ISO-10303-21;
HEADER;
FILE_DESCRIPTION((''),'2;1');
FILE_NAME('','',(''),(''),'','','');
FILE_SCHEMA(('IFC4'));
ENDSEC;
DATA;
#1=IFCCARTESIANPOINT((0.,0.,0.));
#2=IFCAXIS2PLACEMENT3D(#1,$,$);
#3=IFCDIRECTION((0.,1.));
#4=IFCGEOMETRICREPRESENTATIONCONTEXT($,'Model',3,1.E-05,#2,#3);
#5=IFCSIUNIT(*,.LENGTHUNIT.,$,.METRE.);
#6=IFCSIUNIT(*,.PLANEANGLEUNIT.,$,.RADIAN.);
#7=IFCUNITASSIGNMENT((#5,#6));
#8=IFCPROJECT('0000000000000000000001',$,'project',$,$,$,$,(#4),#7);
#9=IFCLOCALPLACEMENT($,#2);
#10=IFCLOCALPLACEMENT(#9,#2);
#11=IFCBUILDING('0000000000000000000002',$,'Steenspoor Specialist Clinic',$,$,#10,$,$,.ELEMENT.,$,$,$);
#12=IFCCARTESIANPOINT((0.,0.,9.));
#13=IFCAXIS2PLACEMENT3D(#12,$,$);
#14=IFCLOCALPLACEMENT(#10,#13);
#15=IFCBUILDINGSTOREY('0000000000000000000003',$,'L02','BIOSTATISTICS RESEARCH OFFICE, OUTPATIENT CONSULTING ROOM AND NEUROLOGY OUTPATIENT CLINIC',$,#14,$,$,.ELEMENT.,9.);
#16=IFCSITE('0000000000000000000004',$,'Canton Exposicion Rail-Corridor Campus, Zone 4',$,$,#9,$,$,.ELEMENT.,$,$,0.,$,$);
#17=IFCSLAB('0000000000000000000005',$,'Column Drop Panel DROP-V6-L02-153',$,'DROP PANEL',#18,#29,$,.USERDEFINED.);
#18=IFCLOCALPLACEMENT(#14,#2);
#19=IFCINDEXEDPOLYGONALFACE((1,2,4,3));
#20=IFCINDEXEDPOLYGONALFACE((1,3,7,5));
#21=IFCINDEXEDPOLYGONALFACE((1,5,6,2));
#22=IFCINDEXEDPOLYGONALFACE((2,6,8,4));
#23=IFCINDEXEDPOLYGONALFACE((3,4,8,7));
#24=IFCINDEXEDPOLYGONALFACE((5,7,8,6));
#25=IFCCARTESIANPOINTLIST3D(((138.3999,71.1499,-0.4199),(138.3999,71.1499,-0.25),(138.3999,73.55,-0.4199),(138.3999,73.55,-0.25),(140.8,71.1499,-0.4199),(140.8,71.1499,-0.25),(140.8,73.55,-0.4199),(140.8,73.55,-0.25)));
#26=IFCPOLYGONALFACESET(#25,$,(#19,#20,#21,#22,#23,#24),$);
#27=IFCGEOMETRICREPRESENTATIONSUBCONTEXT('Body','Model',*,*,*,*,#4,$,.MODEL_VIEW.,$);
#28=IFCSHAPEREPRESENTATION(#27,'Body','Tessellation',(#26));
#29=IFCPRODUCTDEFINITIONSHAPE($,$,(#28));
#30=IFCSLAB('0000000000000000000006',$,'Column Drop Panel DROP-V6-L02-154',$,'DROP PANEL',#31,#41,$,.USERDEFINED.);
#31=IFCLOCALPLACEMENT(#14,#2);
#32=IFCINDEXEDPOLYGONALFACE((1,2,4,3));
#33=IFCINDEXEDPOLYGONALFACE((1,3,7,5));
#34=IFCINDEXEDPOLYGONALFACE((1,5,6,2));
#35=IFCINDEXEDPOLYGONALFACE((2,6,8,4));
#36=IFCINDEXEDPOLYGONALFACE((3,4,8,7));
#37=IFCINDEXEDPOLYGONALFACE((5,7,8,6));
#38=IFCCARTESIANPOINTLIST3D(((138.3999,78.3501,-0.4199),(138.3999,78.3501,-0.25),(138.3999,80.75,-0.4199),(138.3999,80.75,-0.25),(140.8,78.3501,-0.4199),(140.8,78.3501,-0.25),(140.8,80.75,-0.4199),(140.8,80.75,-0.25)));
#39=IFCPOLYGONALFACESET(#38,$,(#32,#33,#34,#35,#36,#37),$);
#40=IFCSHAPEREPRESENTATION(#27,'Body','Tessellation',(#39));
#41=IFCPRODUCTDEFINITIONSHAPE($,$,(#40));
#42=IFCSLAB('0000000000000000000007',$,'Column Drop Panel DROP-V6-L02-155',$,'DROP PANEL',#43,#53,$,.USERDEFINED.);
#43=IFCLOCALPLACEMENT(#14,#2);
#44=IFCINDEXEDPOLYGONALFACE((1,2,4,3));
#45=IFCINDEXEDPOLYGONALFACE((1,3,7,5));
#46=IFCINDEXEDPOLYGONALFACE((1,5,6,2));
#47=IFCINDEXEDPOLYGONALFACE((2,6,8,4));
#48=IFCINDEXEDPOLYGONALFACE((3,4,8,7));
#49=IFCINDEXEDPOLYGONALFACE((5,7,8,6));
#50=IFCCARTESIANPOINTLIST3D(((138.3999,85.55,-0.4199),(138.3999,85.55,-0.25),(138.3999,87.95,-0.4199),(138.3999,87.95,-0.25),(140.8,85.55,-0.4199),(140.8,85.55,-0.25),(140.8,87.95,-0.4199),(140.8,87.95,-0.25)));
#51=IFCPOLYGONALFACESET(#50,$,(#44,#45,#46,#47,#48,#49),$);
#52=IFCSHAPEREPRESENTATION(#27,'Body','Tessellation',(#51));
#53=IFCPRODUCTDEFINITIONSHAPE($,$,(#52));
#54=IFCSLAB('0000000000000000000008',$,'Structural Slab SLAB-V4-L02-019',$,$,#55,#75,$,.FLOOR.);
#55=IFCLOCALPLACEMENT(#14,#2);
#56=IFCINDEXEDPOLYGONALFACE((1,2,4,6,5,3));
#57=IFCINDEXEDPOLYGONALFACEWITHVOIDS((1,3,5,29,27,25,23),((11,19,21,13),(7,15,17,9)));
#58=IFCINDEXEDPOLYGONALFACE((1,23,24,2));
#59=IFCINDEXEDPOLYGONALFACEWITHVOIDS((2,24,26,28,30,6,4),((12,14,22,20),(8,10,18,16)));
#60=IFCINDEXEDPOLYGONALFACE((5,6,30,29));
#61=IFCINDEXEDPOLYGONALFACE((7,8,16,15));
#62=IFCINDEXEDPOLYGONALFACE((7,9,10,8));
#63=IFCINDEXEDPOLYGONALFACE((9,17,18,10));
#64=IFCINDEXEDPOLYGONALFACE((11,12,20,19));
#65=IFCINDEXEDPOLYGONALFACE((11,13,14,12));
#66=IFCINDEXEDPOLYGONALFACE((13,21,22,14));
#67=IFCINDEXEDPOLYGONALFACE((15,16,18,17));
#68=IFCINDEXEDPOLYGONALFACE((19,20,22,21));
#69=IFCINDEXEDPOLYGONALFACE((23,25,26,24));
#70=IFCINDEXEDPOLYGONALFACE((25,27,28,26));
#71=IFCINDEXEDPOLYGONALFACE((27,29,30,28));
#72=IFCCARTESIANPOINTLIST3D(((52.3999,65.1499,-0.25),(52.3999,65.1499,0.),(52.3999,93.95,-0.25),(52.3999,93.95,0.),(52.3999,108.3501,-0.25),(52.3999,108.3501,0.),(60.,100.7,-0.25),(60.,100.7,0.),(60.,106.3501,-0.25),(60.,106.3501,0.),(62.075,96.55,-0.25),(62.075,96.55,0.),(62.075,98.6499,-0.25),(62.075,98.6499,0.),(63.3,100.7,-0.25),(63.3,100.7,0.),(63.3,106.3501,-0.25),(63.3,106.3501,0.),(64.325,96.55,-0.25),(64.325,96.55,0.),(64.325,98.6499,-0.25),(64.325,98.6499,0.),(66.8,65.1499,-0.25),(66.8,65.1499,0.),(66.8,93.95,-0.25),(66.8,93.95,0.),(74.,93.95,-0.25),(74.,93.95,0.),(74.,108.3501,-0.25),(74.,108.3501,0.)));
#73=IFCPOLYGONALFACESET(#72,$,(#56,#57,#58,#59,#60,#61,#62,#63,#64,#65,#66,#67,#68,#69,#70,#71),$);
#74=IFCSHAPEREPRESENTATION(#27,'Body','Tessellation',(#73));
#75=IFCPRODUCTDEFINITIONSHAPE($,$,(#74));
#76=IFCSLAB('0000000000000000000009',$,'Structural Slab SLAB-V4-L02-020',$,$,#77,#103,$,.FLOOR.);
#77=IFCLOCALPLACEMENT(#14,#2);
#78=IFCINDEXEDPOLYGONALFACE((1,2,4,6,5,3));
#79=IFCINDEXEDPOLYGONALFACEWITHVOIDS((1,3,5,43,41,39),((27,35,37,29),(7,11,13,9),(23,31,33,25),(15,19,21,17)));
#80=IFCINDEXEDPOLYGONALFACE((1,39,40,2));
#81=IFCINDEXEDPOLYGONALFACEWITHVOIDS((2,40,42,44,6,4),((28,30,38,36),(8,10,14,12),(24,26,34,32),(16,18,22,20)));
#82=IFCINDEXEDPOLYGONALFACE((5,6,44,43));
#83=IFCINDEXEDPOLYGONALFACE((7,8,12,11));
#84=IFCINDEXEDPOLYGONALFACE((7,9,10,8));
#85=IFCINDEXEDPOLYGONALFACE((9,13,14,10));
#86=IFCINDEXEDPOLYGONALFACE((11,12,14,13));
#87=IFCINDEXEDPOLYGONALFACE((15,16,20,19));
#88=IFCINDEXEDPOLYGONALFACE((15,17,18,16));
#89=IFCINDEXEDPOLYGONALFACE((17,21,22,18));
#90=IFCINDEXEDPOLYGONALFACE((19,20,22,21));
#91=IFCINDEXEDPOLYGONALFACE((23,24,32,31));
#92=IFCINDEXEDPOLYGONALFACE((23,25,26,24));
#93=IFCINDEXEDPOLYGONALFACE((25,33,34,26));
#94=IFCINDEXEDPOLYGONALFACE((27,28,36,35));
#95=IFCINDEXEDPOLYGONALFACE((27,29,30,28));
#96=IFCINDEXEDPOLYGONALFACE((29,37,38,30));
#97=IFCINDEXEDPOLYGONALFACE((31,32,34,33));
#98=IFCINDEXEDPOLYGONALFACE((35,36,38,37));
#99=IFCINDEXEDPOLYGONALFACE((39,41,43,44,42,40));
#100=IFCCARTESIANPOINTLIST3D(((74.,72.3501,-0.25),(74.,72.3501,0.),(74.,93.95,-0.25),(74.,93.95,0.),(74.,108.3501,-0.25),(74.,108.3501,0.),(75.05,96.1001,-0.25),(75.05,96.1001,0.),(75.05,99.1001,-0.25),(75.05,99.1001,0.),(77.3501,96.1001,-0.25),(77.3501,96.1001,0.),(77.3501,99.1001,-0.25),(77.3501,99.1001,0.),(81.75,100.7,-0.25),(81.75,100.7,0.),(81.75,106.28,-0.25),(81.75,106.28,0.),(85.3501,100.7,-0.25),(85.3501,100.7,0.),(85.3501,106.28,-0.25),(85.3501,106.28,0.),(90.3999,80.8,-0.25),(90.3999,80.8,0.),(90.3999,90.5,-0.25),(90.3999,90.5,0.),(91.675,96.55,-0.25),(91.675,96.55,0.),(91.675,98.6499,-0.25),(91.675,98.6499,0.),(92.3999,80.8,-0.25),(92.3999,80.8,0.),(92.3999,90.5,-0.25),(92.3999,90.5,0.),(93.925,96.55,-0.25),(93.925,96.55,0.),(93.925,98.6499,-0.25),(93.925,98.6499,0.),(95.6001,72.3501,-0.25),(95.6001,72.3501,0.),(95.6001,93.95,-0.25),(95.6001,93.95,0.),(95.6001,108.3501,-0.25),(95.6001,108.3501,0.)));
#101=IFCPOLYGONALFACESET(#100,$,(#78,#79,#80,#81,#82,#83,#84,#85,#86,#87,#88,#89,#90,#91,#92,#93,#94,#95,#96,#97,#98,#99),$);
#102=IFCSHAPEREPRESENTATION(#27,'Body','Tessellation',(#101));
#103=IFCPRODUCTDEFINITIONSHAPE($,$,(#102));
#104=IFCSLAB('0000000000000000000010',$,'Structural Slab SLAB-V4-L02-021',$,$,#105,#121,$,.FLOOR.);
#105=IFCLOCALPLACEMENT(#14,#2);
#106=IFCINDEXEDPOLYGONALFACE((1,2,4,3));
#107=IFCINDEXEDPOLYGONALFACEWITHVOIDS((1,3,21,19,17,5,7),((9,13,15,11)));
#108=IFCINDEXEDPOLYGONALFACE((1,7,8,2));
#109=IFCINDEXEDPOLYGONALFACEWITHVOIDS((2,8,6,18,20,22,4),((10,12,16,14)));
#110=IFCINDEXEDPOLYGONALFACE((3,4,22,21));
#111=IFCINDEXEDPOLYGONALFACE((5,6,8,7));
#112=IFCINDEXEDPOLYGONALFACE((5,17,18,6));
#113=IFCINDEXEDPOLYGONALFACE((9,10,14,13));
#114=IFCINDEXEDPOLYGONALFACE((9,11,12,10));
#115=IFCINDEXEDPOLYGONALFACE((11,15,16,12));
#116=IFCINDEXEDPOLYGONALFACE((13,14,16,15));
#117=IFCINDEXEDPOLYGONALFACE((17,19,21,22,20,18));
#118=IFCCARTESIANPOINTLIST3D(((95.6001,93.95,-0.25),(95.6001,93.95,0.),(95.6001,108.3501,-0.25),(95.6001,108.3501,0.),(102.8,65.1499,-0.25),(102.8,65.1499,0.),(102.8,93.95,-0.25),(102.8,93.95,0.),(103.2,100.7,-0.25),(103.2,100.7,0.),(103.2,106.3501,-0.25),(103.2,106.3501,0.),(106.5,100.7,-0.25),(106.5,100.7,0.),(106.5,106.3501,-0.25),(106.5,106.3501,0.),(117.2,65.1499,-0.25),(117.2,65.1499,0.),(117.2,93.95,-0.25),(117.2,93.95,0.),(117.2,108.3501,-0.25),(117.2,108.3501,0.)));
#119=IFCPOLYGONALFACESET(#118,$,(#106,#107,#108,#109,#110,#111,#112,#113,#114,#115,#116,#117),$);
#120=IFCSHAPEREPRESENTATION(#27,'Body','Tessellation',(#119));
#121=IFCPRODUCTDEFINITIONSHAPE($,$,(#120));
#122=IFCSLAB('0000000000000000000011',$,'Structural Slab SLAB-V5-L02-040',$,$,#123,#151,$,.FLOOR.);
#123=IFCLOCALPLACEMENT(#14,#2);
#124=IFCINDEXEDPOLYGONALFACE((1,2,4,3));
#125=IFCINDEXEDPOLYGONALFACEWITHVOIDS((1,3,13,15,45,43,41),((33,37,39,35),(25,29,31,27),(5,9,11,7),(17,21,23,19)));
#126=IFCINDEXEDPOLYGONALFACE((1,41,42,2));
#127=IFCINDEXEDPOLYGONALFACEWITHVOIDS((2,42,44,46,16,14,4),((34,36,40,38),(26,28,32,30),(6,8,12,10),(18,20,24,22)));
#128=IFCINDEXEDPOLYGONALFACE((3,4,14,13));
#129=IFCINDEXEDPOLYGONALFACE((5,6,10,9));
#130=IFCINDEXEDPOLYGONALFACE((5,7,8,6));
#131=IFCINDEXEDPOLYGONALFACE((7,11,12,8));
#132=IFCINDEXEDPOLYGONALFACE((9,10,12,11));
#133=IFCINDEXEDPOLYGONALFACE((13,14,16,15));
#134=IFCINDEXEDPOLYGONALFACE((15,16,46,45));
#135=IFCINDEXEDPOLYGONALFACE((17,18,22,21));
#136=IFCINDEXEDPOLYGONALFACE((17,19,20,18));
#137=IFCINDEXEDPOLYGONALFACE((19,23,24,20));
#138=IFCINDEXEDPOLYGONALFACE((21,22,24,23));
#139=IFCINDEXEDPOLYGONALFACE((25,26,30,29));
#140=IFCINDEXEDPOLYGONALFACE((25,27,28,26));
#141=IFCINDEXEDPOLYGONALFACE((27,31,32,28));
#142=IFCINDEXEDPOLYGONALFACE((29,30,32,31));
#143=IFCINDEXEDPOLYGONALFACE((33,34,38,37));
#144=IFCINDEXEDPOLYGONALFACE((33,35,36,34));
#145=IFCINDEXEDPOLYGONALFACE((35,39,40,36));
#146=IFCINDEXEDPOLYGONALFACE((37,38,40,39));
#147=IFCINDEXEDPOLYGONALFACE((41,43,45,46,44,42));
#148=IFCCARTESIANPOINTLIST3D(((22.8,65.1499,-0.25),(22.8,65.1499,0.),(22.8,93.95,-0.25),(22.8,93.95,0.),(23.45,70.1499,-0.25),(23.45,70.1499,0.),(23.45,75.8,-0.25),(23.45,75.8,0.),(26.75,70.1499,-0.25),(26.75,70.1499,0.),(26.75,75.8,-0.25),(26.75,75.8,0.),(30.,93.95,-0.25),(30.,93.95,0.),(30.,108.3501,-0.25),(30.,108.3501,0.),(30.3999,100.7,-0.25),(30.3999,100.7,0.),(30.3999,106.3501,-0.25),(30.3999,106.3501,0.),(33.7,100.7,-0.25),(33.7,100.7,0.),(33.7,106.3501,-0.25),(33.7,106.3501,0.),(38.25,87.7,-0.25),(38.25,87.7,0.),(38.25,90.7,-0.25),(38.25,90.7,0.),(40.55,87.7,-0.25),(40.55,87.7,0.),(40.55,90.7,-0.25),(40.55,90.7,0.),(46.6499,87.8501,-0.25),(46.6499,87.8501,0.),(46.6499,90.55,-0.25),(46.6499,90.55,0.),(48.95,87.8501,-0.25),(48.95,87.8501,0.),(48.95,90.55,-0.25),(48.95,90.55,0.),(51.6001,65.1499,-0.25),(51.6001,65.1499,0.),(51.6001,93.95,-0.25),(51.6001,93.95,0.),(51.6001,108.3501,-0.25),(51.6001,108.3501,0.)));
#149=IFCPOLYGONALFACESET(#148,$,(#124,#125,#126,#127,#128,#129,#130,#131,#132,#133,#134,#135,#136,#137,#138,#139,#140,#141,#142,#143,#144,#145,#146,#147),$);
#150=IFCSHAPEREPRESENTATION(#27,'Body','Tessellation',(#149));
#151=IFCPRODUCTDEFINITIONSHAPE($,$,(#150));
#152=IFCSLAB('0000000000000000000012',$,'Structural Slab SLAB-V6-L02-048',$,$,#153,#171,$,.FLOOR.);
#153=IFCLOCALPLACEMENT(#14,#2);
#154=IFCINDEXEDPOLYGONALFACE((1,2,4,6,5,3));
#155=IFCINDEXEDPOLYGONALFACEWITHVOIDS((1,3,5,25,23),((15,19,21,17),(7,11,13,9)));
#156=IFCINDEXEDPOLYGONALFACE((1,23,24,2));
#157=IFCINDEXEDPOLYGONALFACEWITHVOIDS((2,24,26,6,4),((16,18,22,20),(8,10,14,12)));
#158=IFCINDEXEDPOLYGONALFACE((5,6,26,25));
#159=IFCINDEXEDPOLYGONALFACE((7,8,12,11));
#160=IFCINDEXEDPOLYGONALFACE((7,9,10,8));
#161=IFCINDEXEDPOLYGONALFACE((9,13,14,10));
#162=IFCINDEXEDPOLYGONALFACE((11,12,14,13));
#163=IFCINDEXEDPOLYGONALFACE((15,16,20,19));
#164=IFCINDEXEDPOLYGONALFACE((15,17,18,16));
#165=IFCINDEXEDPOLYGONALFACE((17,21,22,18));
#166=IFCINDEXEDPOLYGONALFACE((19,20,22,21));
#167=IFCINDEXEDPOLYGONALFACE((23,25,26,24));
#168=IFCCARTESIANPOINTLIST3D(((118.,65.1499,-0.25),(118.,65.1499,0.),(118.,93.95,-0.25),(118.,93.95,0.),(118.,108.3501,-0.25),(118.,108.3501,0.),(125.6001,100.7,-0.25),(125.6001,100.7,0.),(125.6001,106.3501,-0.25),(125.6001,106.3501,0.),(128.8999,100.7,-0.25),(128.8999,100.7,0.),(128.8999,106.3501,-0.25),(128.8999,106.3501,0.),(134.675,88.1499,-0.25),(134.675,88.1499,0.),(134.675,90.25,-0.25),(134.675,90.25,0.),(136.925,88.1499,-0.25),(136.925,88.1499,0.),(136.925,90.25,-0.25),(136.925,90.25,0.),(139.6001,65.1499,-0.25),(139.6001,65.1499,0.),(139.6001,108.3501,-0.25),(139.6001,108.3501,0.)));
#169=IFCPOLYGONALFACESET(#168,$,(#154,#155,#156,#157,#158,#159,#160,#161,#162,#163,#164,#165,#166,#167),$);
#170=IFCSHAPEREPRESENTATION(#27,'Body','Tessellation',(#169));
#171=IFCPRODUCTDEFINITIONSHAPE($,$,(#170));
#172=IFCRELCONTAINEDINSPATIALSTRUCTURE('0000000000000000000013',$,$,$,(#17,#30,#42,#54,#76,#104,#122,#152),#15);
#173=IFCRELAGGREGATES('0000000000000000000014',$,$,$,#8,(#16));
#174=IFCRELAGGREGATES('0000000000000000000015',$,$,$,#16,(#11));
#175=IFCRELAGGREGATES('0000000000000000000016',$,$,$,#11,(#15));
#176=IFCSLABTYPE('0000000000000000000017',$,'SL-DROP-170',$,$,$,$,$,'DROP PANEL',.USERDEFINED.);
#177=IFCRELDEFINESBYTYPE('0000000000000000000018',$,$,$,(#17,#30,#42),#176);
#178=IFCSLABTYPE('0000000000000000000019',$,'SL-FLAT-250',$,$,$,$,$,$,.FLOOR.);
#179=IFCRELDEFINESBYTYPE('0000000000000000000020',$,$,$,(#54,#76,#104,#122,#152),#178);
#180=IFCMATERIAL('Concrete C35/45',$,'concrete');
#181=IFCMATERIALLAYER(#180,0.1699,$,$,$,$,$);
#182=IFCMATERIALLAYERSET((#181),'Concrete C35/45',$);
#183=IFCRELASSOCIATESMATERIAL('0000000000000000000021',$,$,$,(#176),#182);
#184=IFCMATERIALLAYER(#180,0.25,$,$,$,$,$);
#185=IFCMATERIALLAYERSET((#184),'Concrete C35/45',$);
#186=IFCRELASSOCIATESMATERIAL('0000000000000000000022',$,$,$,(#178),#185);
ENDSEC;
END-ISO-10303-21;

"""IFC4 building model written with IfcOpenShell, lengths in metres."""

from ifc_helpers import new_model, si_unit, direction, frame, origin, place, context, subcontext, project, spatial, polyline, outline, extrude, material, layer, layer_set, type_object, element, save


model = new_model("IFC4")

# Units and contexts
model_context = context("Model", 3, precision=1e-05, world=origin(), true_north=direction((0.0, 1.0)))
body_context = subcontext(model_context, "Body", "Model", "MODEL_VIEW")
ifc_project = project(units=[si_unit("LENGTHUNIT", "METRE"), si_unit("PLANEANGLEUNIT", "RADIAN")], contexts=[model_context])

# Site, building, storey
site_placement = place(None, origin())
site = spatial("IfcSite", under=ifc_project, at=site_placement, Name="Canton Exposicion Rail-Corridor Campus, Zone 4", CompositionType="ELEMENT", RefElevation=0.0)
building_placement = place(site_placement, origin())
building = spatial("IfcBuilding", under=site, at=building_placement, Name="Steenspoor Specialist Clinic", CompositionType="ELEMENT")
storey_placement = place(building_placement, frame((0.0, 0.0, 9.0)))
storey = spatial("IfcBuildingStorey", under=building, at=storey_placement, Name="L02", Description="BIOSTATISTICS RESEARCH OFFICE, OUTPATIENT CONSULTING ROOM AND NEUROLOGY OUTPATIENT CLINIC", CompositionType="ELEMENT", Elevation=9.0)

# Slabs
ifc_material = material(Name="Concrete C35/45", Category="concrete")
ifc_layer_1 = layer(ifc_material, 0.1699)
ifc_layer_set_1 = layer_set([ifc_layer_1], Name="Concrete C35/45")
slab_type_1 = type_object("IfcSlabType", Name="SL-DROP-170", ElementType="DROP PANEL", PredefinedType="USERDEFINED", material=ifc_layer_set_1)
slab_1_placement = place(storey_placement, frame((0.0, 0.0, -0.4199)))
element("IfcSlab", 1, at=slab_1_placement, inside=storey, type_object=slab_type_1, Name="Column Drop Panel DROP-V6-L02-153", ObjectType="DROP PANEL", PredefinedType="USERDEFINED", context=body_context, shape_type="SweptSolid", body=[
    extrude(outline(polyline([(140.8, 71.1499), (140.8, 73.55), (138.3999, 73.55), (138.3999, 71.1499), (140.8, 71.1499)])), origin(), (0.0, 0.0, 1.0), 0.1699),
])
slab_2_placement = place(storey_placement, frame((0.0, 0.0, -0.4199)))
element("IfcSlab", 2, at=slab_2_placement, inside=storey, type_object=slab_type_1, Name="Column Drop Panel DROP-V6-L02-154", ObjectType="DROP PANEL", PredefinedType="USERDEFINED", context=body_context, shape_type="SweptSolid", body=[
    extrude(outline(polyline([(140.8, 78.3501), (140.8, 80.75), (138.3999, 80.75), (138.3999, 78.3501), (140.8, 78.3501)])), origin(), (0.0, 0.0, 1.0), 0.1699),
])
slab_3_placement = place(storey_placement, frame((0.0, 0.0, -0.4199)))
element("IfcSlab", 3, at=slab_3_placement, inside=storey, type_object=slab_type_1, Name="Column Drop Panel DROP-V6-L02-155", ObjectType="DROP PANEL", PredefinedType="USERDEFINED", context=body_context, shape_type="SweptSolid", body=[
    extrude(outline(polyline([(140.8, 85.55), (140.8, 87.95), (138.3999, 87.95), (138.3999, 85.55), (140.8, 85.55)])), origin(), (0.0, 0.0, 1.0), 0.1699),
])
ifc_layer_2 = layer(ifc_material, 0.25)
ifc_layer_set_2 = layer_set([ifc_layer_2], Name="Concrete C35/45")
slab_type_2 = type_object("IfcSlabType", Name="SL-FLAT-250", PredefinedType="FLOOR", material=ifc_layer_set_2)
slab_4_placement = place(storey_placement, frame((0.0, 0.0, -0.25)))
element("IfcSlab", 4, at=slab_4_placement, inside=storey, type_object=slab_type_2, Name="Structural Slab SLAB-V4-L02-019", PredefinedType="FLOOR", context=body_context, shape_type="SweptSolid", body=[
    extrude(outline(polyline([(74.0, 108.3501), (74.0, 93.95), (66.8, 93.95), (66.8, 65.1499), (52.3999, 65.1499), (52.3999, 93.95), (52.3999, 108.3501), (74.0, 108.3501)]), holes=[polyline([(62.075, 98.6499), (62.075, 96.55), (64.325, 96.55), (64.325, 98.6499), (62.075, 98.6499)]), polyline([(60.0, 106.3501), (60.0, 100.7), (63.3, 100.7), (63.3, 106.3501), (60.0, 106.3501)])]), origin(), (0.0, 0.0, 1.0), 0.25),
])
slab_5_placement = place(storey_placement, frame((0.0, 0.0, -0.25)))
element("IfcSlab", 5, at=slab_5_placement, inside=storey, type_object=slab_type_2, Name="Structural Slab SLAB-V4-L02-020", PredefinedType="FLOOR", context=body_context, shape_type="SweptSolid", body=[
    extrude(outline(polyline([(95.6001, 108.3501), (95.6001, 93.95), (95.6001, 72.3501), (74.0, 72.3501), (74.0, 93.95), (74.0, 108.3501), (95.6001, 108.3501)]), holes=[polyline([(75.05, 99.1001), (75.05, 96.1001), (77.3501, 96.1001), (77.3501, 99.1001), (75.05, 99.1001)]), polyline([(90.3999, 90.5), (90.3999, 80.8), (92.3999, 80.8), (92.3999, 90.5), (90.3999, 90.5)]), polyline([(91.675, 98.6499), (91.675, 96.55), (93.925, 96.55), (93.925, 98.6499), (91.675, 98.6499)]), polyline([(81.75, 106.28), (81.75, 100.7), (85.3501, 100.7), (85.3501, 106.28), (81.75, 106.28)])]), origin(), (0.0, 0.0, 1.0), 0.25),
])
slab_6_placement = place(storey_placement, frame((0.0, 0.0, -0.25)))
element("IfcSlab", 6, at=slab_6_placement, inside=storey, type_object=slab_type_2, Name="Structural Slab SLAB-V4-L02-021", PredefinedType="FLOOR", context=body_context, shape_type="SweptSolid", body=[
    extrude(outline(polyline([(117.2, 108.3501), (117.2, 93.95), (117.2, 65.1499), (102.8, 65.1499), (102.8, 93.95), (95.6001, 93.95), (95.6001, 108.3501), (117.2, 108.3501)]), holes=[polyline([(103.2, 106.3501), (103.2, 100.7), (106.5, 100.7), (106.5, 106.3501), (103.2, 106.3501)])]), origin(), (0.0, 0.0, 1.0), 0.25),
])
slab_7_placement = place(storey_placement, frame((0.0, 0.0, -0.25)))
element("IfcSlab", 7, at=slab_7_placement, inside=storey, type_object=slab_type_2, Name="Structural Slab SLAB-V5-L02-040", PredefinedType="FLOOR", context=body_context, shape_type="SweptSolid", body=[
    extrude(outline(polyline([(22.8, 93.95), (30.0, 93.95), (30.0, 108.3501), (51.6001, 108.3501), (51.6001, 93.95), (51.6001, 65.1499), (22.8, 65.1499), (22.8, 93.95)]), holes=[polyline([(23.45, 70.1499), (26.75, 70.1499), (26.75, 75.8), (23.45, 75.8), (23.45, 70.1499)]), polyline([(38.25, 90.7), (38.25, 87.7), (40.55, 87.7), (40.55, 90.7), (38.25, 90.7)]), polyline([(46.6499, 90.55), (46.6499, 87.8501), (48.95, 87.8501), (48.95, 90.55), (46.6499, 90.55)]), polyline([(30.3999, 106.3501), (30.3999, 100.7), (33.7, 100.7), (33.7, 106.3501), (30.3999, 106.3501)])]), origin(), (0.0, 0.0, 1.0), 0.25),
])
slab_8_placement = place(storey_placement, frame((0.0, 0.0, -0.25)))
element("IfcSlab", 8, at=slab_8_placement, inside=storey, type_object=slab_type_2, Name="Structural Slab SLAB-V6-L02-048", PredefinedType="FLOOR", context=body_context, shape_type="SweptSolid", body=[
    extrude(outline(polyline([(118.0, 65.1499), (118.0, 93.95), (118.0, 108.3501), (139.6001, 108.3501), (139.6001, 65.1499), (118.0, 65.1499)]), holes=[polyline([(134.675, 90.25), (134.675, 88.1499), (136.925, 88.1499), (136.925, 90.25), (134.675, 90.25)]), polyline([(125.6001, 106.3501), (125.6001, 100.7), (128.8999, 100.7), (128.8999, 106.3501), (125.6001, 106.3501)])]), origin(), (0.0, 0.0, 1.0), 0.25),
])

save(model, "model.ifc")
